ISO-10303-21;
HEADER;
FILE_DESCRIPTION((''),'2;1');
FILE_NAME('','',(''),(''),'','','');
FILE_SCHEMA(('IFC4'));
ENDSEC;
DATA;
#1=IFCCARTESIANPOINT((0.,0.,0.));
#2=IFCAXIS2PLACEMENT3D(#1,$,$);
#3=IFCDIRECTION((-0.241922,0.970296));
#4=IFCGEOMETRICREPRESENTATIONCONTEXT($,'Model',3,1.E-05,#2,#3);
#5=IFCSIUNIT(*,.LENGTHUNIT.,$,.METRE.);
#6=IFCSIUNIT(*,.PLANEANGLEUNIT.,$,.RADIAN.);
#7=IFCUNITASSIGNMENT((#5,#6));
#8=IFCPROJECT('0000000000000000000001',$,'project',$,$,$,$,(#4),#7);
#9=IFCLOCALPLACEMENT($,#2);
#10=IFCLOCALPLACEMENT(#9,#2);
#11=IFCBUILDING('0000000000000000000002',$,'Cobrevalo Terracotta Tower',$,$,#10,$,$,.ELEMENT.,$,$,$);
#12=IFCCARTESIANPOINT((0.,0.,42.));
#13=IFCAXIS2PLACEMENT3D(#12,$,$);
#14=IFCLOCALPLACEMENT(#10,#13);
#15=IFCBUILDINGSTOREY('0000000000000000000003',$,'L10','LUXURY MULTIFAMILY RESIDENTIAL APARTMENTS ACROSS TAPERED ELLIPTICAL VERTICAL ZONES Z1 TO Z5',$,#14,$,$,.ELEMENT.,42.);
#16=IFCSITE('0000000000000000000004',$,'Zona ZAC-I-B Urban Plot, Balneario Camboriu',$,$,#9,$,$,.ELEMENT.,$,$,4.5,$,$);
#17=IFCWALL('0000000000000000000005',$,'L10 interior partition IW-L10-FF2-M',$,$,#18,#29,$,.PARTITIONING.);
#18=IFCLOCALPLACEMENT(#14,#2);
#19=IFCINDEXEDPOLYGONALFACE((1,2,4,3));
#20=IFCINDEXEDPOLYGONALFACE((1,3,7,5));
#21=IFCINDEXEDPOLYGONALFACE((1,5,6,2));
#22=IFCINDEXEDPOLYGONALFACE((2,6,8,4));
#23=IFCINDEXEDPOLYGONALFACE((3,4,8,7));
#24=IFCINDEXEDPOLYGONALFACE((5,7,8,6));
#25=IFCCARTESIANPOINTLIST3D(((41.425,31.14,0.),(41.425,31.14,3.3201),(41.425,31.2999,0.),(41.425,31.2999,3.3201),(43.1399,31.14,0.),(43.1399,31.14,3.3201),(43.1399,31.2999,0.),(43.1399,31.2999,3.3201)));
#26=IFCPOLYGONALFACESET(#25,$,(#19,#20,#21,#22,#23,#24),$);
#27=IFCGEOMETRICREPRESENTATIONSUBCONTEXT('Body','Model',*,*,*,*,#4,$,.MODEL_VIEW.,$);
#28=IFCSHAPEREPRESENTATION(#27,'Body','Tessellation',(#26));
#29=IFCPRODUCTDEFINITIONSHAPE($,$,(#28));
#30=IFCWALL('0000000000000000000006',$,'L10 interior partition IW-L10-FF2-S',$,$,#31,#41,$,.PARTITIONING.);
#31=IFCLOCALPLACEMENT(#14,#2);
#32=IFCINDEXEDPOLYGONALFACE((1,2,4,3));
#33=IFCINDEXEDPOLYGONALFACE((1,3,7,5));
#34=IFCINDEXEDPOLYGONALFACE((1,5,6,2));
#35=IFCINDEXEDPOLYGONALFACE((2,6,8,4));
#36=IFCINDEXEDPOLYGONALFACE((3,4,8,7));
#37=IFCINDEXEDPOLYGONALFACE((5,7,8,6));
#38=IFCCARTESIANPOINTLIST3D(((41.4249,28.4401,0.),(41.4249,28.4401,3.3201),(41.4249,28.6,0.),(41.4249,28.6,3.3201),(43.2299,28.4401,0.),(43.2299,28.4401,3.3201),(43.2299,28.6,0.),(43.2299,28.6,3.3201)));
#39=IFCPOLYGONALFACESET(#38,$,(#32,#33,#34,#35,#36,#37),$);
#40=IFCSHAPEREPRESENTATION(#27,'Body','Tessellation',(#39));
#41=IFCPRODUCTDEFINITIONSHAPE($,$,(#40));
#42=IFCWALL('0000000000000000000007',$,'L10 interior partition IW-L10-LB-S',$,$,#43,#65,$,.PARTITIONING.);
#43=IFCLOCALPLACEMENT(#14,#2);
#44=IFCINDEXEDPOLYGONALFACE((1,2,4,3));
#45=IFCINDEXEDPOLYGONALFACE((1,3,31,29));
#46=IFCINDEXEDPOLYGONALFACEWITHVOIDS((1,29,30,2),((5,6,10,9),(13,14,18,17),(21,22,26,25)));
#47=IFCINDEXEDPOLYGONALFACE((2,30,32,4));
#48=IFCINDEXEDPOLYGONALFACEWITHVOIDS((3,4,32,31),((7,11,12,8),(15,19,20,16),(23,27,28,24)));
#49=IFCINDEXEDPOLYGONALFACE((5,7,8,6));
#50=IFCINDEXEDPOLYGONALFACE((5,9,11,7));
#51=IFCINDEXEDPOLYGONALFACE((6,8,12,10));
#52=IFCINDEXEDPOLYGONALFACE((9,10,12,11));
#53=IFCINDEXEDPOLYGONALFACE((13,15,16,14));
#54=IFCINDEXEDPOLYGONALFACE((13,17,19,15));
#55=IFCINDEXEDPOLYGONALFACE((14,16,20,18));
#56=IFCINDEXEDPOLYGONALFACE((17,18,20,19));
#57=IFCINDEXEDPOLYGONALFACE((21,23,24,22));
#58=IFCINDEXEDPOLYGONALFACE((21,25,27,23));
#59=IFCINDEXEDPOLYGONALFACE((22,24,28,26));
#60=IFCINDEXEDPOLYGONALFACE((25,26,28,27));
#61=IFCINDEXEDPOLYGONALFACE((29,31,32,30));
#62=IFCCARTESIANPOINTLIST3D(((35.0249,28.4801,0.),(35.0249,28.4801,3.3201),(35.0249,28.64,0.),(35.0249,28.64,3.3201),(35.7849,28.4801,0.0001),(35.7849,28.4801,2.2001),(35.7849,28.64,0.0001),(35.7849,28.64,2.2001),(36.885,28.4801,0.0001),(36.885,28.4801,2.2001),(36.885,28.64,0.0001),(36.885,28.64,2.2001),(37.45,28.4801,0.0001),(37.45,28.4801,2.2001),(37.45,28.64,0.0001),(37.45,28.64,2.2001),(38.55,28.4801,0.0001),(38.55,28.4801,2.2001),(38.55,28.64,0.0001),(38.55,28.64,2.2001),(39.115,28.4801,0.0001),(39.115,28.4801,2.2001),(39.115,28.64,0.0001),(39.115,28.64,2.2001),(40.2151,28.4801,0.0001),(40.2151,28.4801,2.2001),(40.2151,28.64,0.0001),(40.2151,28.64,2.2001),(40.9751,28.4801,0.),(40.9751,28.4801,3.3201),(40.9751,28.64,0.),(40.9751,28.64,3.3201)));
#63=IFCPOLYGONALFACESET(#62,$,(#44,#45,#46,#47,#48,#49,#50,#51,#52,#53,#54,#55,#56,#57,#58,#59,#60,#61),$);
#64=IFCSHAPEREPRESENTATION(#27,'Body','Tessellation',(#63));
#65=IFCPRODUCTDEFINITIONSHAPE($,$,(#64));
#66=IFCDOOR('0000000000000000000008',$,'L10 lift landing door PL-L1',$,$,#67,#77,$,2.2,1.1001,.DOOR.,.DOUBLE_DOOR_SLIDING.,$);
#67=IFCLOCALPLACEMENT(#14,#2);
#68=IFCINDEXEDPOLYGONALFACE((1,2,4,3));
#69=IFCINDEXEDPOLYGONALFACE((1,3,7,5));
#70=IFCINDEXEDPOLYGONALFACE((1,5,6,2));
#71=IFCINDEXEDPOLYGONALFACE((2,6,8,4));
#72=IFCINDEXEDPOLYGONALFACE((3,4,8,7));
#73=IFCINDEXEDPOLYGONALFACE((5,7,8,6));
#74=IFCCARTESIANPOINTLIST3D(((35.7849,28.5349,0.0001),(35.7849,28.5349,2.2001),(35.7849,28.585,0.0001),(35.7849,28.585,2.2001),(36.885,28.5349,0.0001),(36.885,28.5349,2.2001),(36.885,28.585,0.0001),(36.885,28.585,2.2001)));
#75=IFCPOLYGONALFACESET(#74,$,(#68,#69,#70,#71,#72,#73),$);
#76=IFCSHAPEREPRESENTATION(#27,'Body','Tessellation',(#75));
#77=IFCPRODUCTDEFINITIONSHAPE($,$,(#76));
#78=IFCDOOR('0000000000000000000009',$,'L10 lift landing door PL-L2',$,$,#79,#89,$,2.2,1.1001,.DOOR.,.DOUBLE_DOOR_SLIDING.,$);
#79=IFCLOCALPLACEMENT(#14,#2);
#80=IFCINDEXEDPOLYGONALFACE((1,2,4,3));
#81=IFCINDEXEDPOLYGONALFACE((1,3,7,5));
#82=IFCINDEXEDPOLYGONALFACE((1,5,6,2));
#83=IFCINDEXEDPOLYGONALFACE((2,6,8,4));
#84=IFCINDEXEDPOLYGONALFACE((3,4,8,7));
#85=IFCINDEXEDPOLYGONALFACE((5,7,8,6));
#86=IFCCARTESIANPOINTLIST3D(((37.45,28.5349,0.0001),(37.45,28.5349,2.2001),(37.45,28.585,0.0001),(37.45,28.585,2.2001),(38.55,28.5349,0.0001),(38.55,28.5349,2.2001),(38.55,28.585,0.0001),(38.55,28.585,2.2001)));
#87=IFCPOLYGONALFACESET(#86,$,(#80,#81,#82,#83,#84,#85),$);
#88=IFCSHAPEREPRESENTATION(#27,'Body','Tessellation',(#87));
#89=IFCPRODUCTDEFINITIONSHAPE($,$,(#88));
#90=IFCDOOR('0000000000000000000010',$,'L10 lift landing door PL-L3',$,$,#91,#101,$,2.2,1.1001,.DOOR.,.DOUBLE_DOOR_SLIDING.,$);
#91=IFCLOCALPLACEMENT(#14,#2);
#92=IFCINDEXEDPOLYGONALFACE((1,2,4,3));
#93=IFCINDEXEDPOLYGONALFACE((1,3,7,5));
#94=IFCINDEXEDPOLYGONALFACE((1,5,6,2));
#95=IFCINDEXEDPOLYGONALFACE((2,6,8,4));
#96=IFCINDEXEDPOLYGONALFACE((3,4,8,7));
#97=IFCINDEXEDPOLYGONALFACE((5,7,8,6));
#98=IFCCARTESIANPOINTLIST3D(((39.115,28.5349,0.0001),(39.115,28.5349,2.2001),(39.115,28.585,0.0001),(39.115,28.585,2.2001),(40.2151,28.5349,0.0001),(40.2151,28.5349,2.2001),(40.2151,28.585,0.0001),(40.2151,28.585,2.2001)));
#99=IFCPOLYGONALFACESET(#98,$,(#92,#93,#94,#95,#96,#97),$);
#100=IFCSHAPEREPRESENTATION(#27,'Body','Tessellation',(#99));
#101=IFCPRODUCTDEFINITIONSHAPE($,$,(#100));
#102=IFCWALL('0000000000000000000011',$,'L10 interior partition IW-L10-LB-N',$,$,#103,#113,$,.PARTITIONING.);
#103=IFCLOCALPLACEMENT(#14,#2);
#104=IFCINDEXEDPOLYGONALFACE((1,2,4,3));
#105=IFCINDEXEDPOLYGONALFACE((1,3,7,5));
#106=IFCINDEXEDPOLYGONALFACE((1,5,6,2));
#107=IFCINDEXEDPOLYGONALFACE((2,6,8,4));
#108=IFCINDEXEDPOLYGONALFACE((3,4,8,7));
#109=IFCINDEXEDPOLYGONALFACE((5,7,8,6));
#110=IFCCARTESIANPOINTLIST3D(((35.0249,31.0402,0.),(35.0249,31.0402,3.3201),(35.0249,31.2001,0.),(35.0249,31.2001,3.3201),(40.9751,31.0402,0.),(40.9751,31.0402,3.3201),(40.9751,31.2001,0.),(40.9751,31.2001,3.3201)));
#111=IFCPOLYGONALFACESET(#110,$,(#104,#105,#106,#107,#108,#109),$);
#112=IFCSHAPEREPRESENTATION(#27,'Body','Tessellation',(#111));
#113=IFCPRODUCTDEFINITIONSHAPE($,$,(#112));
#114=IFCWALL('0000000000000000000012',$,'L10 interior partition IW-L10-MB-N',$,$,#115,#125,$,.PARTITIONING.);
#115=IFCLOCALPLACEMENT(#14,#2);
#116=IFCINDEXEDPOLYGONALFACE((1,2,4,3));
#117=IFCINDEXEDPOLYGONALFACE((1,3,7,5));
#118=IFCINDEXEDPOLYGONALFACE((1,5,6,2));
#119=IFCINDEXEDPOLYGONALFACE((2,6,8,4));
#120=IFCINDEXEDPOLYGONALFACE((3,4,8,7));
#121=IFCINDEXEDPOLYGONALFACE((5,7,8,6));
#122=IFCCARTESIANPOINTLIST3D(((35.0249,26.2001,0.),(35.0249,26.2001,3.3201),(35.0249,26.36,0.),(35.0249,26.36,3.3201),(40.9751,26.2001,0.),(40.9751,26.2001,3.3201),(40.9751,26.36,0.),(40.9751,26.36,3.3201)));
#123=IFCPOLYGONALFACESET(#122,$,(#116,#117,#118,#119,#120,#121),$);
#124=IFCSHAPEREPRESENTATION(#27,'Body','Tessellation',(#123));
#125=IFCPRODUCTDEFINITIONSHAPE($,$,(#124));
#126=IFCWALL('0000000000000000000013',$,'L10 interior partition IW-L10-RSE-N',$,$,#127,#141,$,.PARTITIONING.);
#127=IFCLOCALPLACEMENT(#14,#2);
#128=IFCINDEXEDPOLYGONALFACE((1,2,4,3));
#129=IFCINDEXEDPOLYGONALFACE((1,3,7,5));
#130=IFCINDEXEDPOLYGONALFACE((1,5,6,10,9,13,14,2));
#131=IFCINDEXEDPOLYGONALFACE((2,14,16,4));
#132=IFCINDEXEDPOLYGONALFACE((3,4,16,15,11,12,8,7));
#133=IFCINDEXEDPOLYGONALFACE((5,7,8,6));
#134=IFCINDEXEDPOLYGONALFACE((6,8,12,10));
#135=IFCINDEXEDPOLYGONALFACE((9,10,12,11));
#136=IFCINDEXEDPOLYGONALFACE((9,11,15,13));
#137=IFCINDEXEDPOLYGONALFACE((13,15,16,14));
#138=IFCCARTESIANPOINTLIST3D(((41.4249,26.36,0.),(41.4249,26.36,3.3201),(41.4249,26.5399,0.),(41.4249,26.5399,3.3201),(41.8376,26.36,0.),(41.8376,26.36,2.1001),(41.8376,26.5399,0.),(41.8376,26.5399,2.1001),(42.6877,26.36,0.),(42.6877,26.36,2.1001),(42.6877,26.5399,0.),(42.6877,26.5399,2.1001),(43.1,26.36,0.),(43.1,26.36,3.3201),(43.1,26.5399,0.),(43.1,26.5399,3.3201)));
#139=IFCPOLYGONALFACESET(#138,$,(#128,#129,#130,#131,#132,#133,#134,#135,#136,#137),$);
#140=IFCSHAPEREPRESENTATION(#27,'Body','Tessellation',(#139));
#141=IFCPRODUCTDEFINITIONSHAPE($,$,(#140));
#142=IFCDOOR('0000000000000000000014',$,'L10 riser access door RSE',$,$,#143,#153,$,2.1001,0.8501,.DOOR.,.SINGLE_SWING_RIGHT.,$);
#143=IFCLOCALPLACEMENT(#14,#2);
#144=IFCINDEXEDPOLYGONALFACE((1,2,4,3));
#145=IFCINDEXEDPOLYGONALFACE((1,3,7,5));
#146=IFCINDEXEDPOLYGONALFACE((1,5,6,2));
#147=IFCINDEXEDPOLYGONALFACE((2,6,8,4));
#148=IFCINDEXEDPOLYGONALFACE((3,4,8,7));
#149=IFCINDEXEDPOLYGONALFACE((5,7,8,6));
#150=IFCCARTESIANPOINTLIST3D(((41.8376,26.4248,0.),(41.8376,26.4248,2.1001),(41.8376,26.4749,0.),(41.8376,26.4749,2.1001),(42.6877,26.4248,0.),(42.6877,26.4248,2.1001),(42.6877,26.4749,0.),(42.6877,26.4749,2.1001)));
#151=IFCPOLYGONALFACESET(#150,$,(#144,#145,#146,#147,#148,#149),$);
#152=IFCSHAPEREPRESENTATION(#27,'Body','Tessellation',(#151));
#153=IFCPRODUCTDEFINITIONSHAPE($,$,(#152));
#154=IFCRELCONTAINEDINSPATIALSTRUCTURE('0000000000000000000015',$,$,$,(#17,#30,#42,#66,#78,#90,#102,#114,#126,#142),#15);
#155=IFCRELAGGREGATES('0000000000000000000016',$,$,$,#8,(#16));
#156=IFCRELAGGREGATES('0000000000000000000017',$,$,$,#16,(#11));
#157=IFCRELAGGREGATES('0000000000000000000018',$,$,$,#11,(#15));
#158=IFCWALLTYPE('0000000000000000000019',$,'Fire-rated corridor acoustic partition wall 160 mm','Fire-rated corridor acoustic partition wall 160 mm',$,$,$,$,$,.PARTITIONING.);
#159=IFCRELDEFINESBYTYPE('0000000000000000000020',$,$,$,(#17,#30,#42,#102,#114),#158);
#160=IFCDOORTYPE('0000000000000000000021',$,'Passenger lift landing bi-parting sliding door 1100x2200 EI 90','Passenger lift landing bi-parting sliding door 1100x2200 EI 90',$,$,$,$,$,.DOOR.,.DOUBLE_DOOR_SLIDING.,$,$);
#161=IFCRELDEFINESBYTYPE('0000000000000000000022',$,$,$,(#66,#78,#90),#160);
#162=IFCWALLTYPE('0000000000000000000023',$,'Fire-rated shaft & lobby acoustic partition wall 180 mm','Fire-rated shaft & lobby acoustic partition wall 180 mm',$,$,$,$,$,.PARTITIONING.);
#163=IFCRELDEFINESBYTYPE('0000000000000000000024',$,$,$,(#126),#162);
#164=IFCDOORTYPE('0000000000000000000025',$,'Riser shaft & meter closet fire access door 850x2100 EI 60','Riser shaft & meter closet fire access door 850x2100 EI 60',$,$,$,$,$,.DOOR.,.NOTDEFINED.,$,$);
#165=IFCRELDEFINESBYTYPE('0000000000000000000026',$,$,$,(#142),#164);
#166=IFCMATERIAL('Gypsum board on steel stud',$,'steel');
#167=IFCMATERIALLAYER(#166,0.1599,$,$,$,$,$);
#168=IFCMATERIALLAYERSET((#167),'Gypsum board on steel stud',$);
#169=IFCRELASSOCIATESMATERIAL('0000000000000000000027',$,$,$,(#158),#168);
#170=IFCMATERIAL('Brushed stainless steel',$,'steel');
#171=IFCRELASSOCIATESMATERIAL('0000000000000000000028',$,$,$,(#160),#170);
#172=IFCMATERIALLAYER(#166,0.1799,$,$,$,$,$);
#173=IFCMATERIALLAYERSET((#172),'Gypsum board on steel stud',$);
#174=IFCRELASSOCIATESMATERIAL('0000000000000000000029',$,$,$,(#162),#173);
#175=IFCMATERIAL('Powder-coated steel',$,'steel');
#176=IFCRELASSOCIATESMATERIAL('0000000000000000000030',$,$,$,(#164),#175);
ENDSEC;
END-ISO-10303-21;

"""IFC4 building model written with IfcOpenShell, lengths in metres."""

from ifc_helpers import new_model, si_unit, direction, frame, frame_2d, origin, place, context, subcontext, project, spatial, rectangle, extrude, source, transform, mapped, material, layer, layer_set, type_object, element, fill, save


model = new_model("IFC4")

# Units and contexts
model_context = context("Model", 3, precision=1e-05, world=origin(), true_north=direction((-0.241922, 0.970296)))
body_context = subcontext(model_context, "Body", "Model", "MODEL_VIEW")
ifc_project = project(units=[si_unit("LENGTHUNIT", "METRE"), si_unit("PLANEANGLEUNIT", "RADIAN")], contexts=[model_context])

# Site, building, storey
site_placement = place(None, origin())
site = spatial("IfcSite", under=ifc_project, at=site_placement, Name="Zona ZAC-I-B Urban Plot, Balneario Camboriu", CompositionType="ELEMENT", RefElevation=4.5)
building_placement = place(site_placement, origin())
building = spatial("IfcBuilding", under=site, at=building_placement, Name="Cobrevalo Terracotta Tower", CompositionType="ELEMENT")
storey_placement = place(building_placement, frame((0.0, 0.0, 42.0)))
storey = spatial("IfcBuildingStorey", under=building, at=storey_placement, Name="L10", Description="LUXURY MULTIFAMILY RESIDENTIAL APARTMENTS ACROSS TAPERED ELLIPTICAL VERTICAL ZONES Z1 TO Z5", CompositionType="ELEMENT", Elevation=42.0)

# Walls
ifc_material_1 = material(Name="Gypsum board on steel stud", Category="steel")
ifc_layer_1 = layer(ifc_material_1, 0.1599)
ifc_layer_set_1 = layer_set([ifc_layer_1], Name="Gypsum board on steel stud")
wall_type_1 = type_object("IfcWallType", Name="Fire-rated corridor acoustic partition wall 160 mm", Description="Fire-rated corridor acoustic partition wall 160 mm", PredefinedType="PARTITIONING", material=ifc_layer_set_1)
wall_1_placement = place(storey_placement, frame((41.425, 31.22, 0.0), z_axis=(0.0, 0.0, 1.0), x_axis=(1.0, 0.0, 0.0)))
element("IfcWall", 1, at=wall_1_placement, inside=storey, type_object=wall_type_1, Name="L10 interior partition IW-L10-FF2-M", PredefinedType="PARTITIONING", context=body_context, shape_type="SweptSolid", body=[
    extrude(rectangle(XDim=1.7148, YDim=0.1599, at=frame_2d((0.8574, 0.0))), origin(), (0.0, 0.0, 1.0), 3.3201),
])
wall_2_placement = place(storey_placement, frame((41.425, 28.52, 0.0), z_axis=(0.0, 0.0, 1.0), x_axis=(1.0, 0.0, 0.0)))
element("IfcWall", 2, at=wall_2_placement, inside=storey, type_object=wall_type_1, Name="L10 interior partition IW-L10-FF2-S", PredefinedType="PARTITIONING", context=body_context, shape_type="SweptSolid", body=[
    extrude(rectangle(XDim=1.8049, YDim=0.1599, at=frame_2d((0.9023, 0.0))), origin(), (0.0, 0.0, 1.0), 3.3201),
])

# Wall, openings, doors
wall_3_placement = place(storey_placement, frame((35.0249, 28.5601, 0.0), z_axis=(0.0, 0.0, 1.0), x_axis=(1.0, 0.0, 0.0)))
wall_3 = element("IfcWall", 3, at=wall_3_placement, inside=storey, type_object=wall_type_1, Name="L10 interior partition IW-L10-LB-S", PredefinedType="PARTITIONING", context=body_context, shape_type="SweptSolid", body=[
    extrude(rectangle(XDim=5.9502, YDim=0.1599, at=frame_2d((2.9751, 0.0))), origin(), (0.0, 0.0, 1.0), 3.3201),
])
opening_1_placement = place(wall_3_placement, frame((0.76, 0.0, 0.0)))
opening_1 = element("IfcOpeningElement", 4, at=opening_1_placement, cuts=wall_3, PredefinedType="OPENING", context=body_context, shape_type="SweptSolid", body=[
    extrude(rectangle(XDim=1.1001, YDim=2.2, at=frame_2d((0.55, 1.1001))), frame((0.0, 0.0898, 0.0), z_axis=(0.0, -1.0, 0.0), x_axis=(1.0, 0.0, 0.0)), (0.0, 0.0, 1.0), 0.1799),
])
opening_2_placement = place(wall_3_placement, frame((2.425, 0.0, 0.0)))
opening_2 = element("IfcOpeningElement", 5, at=opening_2_placement, cuts=wall_3, PredefinedType="OPENING", context=body_context, shape_type="SweptSolid", body=[
    extrude(rectangle(XDim=1.1001, YDim=2.2, at=frame_2d((0.55, 1.1001))), frame((0.0, 0.0898, 0.0), z_axis=(0.0, -1.0, 0.0), x_axis=(1.0, 0.0, 0.0)), (0.0, 0.0, 1.0), 0.1799),
])
opening_3_placement = place(wall_3_placement, frame((4.0901, 0.0, 0.0)))
opening_3 = element("IfcOpeningElement", 6, at=opening_3_placement, cuts=wall_3, PredefinedType="OPENING", context=body_context, shape_type="SweptSolid", body=[
    extrude(rectangle(XDim=1.1001, YDim=2.2, at=frame_2d((0.55, 1.1001))), frame((0.0, 0.0898, 0.0), z_axis=(0.0, -1.0, 0.0), x_axis=(1.0, 0.0, 0.0)), (0.0, 0.0, 1.0), 0.1799),
])
ifc_material_2 = material(Name="Brushed stainless steel", Category="steel")
door_type_1 = type_object("IfcDoorType", Name="Passenger lift landing bi-parting sliding door 1100x2200 EI 90", Description="Passenger lift landing bi-parting sliding door 1100x2200 EI 90", OperationType="DOUBLE_DOOR_SLIDING", PredefinedType="DOOR", material=ifc_material_2)
shared_shape_1 = source(origin(), body_context, "Body", "SweptSolid", [
    extrude(rectangle(XDim=1.1001, YDim=2.2, at=frame_2d((0.55, 1.1001))), frame((0.0, 0.0249, 0.0), z_axis=(0.0, -1.0, 0.0), x_axis=(1.0, 0.0, 0.0)), (0.0, 0.0, 1.0), 0.05),
])
door_1_placement = place(opening_1_placement, origin())
door_1 = element("IfcDoor", 7, at=door_1_placement, inside=storey, type_object=door_type_1, Name="L10 lift landing door PL-L1", OperationType="DOUBLE_DOOR_SLIDING", OverallHeight=2.2, OverallWidth=1.1001, PredefinedType="DOOR", context=body_context, shape_type="MappedRepresentation", body=[
    mapped(shared_shape_1, transform((0.0, 0.0, 0.0), scale=1.0)),
])
fill(opening_1, door_1)
door_2_placement = place(opening_2_placement, origin())
door_2 = element("IfcDoor", 8, at=door_2_placement, inside=storey, type_object=door_type_1, Name="L10 lift landing door PL-L2", OperationType="DOUBLE_DOOR_SLIDING", OverallHeight=2.2, OverallWidth=1.1001, PredefinedType="DOOR", context=body_context, shape_type="MappedRepresentation", body=[
    mapped(shared_shape_1, transform((0.0, 0.0, 0.0), scale=1.0)),
])
fill(opening_2, door_2)
door_3_placement = place(opening_3_placement, origin())
door_3 = element("IfcDoor", 9, at=door_3_placement, inside=storey, type_object=door_type_1, Name="L10 lift landing door PL-L3", OperationType="DOUBLE_DOOR_SLIDING", OverallHeight=2.2, OverallWidth=1.1001, PredefinedType="DOOR", context=body_context, shape_type="MappedRepresentation", body=[
    mapped(shared_shape_1, transform((0.0, 0.0, 0.0), scale=1.0)),
])
fill(opening_3, door_3)

# Walls
for number, where, z_axis, x_axis, name in (
    (10, (35.0249, 31.1201, 0.0), (0.0, 0.0, 1.0), (1.0, 0.0, 0.0), "L10 interior partition IW-L10-LB-N"),
    (11, (35.0249, 26.28, 0.0), (0.0, 0.0, 1.0), (1.0, 0.0, 0.0), "L10 interior partition IW-L10-MB-N"),
):
    element("IfcWall", number, at=place(storey_placement, frame(where, z_axis=z_axis, x_axis=x_axis)), inside=storey, type_object=wall_type_1, Name=name, PredefinedType="PARTITIONING", context=body_context, shape_type="SweptSolid", body=[
        extrude(rectangle(XDim=5.9502, YDim=0.1599, at=frame_2d((2.9751, 0.0))), origin(), (0.0, 0.0, 1.0), 3.3201),
    ])

# Wall, opening, door
ifc_layer_2 = layer(ifc_material_1, 0.1799)
ifc_layer_set_2 = layer_set([ifc_layer_2], Name="Gypsum board on steel stud")
wall_type_2 = type_object("IfcWallType", Name="Fire-rated shaft & lobby acoustic partition wall 180 mm", Description="Fire-rated shaft & lobby acoustic partition wall 180 mm", PredefinedType="PARTITIONING", material=ifc_layer_set_2)
wall_4_placement = place(storey_placement, frame((41.425, 26.45, 0.0), z_axis=(0.0, 0.0, 1.0), x_axis=(1.0, 0.0, 0.0)))
wall_4 = element("IfcWall", 12, at=wall_4_placement, inside=storey, type_object=wall_type_2, Name="L10 interior partition IW-L10-RSE-N", PredefinedType="PARTITIONING", context=body_context, shape_type="SweptSolid", body=[
    extrude(rectangle(XDim=1.675, YDim=0.1799, at=frame_2d((0.8374, 0.0))), origin(), (0.0, 0.0, 1.0), 3.3201),
])
opening_4_placement = place(wall_4_placement, frame((0.4126, 0.0, 0.0)))
opening_4 = element("IfcOpeningElement", 13, at=opening_4_placement, cuts=wall_4, PredefinedType="OPENING", context=body_context, shape_type="SweptSolid", body=[
    extrude(rectangle(XDim=0.8501, YDim=2.1001, at=frame_2d((0.425, 1.05))), frame((0.0, 0.1001, 0.0), z_axis=(0.0, -1.0, 0.0), x_axis=(1.0, 0.0, 0.0)), (0.0, 0.0, 1.0), 0.2),
])
ifc_material_3 = material(Name="Powder-coated steel", Category="steel")
door_type_2 = type_object("IfcDoorType", Name="Riser shaft & meter closet fire access door 850x2100 EI 60", Description="Riser shaft & meter closet fire access door 850x2100 EI 60", OperationType="NOTDEFINED", PredefinedType="DOOR", material=ifc_material_3)
shared_shape_2 = source(origin(), body_context, "Body", "SweptSolid", [
    extrude(rectangle(XDim=0.8501, YDim=2.1001, at=frame_2d((0.425, 1.05))), frame((0.0, 0.0249, 0.0), z_axis=(0.0, -1.0, 0.0), x_axis=(1.0, 0.0, 0.0)), (0.0, 0.0, 1.0), 0.05),
])
door_4_placement = place(opening_4_placement, origin())
door_4 = element("IfcDoor", 14, at=door_4_placement, inside=storey, type_object=door_type_2, Name="L10 riser access door RSE", OperationType="SINGLE_SWING_RIGHT", OverallHeight=2.1001, OverallWidth=0.8501, PredefinedType="DOOR", context=body_context, shape_type="MappedRepresentation", body=[
    mapped(shared_shape_2, transform((0.0, 0.0, 0.0), scale=1.0)),
])
fill(opening_4, door_4)

save(model, "model.ifc")
